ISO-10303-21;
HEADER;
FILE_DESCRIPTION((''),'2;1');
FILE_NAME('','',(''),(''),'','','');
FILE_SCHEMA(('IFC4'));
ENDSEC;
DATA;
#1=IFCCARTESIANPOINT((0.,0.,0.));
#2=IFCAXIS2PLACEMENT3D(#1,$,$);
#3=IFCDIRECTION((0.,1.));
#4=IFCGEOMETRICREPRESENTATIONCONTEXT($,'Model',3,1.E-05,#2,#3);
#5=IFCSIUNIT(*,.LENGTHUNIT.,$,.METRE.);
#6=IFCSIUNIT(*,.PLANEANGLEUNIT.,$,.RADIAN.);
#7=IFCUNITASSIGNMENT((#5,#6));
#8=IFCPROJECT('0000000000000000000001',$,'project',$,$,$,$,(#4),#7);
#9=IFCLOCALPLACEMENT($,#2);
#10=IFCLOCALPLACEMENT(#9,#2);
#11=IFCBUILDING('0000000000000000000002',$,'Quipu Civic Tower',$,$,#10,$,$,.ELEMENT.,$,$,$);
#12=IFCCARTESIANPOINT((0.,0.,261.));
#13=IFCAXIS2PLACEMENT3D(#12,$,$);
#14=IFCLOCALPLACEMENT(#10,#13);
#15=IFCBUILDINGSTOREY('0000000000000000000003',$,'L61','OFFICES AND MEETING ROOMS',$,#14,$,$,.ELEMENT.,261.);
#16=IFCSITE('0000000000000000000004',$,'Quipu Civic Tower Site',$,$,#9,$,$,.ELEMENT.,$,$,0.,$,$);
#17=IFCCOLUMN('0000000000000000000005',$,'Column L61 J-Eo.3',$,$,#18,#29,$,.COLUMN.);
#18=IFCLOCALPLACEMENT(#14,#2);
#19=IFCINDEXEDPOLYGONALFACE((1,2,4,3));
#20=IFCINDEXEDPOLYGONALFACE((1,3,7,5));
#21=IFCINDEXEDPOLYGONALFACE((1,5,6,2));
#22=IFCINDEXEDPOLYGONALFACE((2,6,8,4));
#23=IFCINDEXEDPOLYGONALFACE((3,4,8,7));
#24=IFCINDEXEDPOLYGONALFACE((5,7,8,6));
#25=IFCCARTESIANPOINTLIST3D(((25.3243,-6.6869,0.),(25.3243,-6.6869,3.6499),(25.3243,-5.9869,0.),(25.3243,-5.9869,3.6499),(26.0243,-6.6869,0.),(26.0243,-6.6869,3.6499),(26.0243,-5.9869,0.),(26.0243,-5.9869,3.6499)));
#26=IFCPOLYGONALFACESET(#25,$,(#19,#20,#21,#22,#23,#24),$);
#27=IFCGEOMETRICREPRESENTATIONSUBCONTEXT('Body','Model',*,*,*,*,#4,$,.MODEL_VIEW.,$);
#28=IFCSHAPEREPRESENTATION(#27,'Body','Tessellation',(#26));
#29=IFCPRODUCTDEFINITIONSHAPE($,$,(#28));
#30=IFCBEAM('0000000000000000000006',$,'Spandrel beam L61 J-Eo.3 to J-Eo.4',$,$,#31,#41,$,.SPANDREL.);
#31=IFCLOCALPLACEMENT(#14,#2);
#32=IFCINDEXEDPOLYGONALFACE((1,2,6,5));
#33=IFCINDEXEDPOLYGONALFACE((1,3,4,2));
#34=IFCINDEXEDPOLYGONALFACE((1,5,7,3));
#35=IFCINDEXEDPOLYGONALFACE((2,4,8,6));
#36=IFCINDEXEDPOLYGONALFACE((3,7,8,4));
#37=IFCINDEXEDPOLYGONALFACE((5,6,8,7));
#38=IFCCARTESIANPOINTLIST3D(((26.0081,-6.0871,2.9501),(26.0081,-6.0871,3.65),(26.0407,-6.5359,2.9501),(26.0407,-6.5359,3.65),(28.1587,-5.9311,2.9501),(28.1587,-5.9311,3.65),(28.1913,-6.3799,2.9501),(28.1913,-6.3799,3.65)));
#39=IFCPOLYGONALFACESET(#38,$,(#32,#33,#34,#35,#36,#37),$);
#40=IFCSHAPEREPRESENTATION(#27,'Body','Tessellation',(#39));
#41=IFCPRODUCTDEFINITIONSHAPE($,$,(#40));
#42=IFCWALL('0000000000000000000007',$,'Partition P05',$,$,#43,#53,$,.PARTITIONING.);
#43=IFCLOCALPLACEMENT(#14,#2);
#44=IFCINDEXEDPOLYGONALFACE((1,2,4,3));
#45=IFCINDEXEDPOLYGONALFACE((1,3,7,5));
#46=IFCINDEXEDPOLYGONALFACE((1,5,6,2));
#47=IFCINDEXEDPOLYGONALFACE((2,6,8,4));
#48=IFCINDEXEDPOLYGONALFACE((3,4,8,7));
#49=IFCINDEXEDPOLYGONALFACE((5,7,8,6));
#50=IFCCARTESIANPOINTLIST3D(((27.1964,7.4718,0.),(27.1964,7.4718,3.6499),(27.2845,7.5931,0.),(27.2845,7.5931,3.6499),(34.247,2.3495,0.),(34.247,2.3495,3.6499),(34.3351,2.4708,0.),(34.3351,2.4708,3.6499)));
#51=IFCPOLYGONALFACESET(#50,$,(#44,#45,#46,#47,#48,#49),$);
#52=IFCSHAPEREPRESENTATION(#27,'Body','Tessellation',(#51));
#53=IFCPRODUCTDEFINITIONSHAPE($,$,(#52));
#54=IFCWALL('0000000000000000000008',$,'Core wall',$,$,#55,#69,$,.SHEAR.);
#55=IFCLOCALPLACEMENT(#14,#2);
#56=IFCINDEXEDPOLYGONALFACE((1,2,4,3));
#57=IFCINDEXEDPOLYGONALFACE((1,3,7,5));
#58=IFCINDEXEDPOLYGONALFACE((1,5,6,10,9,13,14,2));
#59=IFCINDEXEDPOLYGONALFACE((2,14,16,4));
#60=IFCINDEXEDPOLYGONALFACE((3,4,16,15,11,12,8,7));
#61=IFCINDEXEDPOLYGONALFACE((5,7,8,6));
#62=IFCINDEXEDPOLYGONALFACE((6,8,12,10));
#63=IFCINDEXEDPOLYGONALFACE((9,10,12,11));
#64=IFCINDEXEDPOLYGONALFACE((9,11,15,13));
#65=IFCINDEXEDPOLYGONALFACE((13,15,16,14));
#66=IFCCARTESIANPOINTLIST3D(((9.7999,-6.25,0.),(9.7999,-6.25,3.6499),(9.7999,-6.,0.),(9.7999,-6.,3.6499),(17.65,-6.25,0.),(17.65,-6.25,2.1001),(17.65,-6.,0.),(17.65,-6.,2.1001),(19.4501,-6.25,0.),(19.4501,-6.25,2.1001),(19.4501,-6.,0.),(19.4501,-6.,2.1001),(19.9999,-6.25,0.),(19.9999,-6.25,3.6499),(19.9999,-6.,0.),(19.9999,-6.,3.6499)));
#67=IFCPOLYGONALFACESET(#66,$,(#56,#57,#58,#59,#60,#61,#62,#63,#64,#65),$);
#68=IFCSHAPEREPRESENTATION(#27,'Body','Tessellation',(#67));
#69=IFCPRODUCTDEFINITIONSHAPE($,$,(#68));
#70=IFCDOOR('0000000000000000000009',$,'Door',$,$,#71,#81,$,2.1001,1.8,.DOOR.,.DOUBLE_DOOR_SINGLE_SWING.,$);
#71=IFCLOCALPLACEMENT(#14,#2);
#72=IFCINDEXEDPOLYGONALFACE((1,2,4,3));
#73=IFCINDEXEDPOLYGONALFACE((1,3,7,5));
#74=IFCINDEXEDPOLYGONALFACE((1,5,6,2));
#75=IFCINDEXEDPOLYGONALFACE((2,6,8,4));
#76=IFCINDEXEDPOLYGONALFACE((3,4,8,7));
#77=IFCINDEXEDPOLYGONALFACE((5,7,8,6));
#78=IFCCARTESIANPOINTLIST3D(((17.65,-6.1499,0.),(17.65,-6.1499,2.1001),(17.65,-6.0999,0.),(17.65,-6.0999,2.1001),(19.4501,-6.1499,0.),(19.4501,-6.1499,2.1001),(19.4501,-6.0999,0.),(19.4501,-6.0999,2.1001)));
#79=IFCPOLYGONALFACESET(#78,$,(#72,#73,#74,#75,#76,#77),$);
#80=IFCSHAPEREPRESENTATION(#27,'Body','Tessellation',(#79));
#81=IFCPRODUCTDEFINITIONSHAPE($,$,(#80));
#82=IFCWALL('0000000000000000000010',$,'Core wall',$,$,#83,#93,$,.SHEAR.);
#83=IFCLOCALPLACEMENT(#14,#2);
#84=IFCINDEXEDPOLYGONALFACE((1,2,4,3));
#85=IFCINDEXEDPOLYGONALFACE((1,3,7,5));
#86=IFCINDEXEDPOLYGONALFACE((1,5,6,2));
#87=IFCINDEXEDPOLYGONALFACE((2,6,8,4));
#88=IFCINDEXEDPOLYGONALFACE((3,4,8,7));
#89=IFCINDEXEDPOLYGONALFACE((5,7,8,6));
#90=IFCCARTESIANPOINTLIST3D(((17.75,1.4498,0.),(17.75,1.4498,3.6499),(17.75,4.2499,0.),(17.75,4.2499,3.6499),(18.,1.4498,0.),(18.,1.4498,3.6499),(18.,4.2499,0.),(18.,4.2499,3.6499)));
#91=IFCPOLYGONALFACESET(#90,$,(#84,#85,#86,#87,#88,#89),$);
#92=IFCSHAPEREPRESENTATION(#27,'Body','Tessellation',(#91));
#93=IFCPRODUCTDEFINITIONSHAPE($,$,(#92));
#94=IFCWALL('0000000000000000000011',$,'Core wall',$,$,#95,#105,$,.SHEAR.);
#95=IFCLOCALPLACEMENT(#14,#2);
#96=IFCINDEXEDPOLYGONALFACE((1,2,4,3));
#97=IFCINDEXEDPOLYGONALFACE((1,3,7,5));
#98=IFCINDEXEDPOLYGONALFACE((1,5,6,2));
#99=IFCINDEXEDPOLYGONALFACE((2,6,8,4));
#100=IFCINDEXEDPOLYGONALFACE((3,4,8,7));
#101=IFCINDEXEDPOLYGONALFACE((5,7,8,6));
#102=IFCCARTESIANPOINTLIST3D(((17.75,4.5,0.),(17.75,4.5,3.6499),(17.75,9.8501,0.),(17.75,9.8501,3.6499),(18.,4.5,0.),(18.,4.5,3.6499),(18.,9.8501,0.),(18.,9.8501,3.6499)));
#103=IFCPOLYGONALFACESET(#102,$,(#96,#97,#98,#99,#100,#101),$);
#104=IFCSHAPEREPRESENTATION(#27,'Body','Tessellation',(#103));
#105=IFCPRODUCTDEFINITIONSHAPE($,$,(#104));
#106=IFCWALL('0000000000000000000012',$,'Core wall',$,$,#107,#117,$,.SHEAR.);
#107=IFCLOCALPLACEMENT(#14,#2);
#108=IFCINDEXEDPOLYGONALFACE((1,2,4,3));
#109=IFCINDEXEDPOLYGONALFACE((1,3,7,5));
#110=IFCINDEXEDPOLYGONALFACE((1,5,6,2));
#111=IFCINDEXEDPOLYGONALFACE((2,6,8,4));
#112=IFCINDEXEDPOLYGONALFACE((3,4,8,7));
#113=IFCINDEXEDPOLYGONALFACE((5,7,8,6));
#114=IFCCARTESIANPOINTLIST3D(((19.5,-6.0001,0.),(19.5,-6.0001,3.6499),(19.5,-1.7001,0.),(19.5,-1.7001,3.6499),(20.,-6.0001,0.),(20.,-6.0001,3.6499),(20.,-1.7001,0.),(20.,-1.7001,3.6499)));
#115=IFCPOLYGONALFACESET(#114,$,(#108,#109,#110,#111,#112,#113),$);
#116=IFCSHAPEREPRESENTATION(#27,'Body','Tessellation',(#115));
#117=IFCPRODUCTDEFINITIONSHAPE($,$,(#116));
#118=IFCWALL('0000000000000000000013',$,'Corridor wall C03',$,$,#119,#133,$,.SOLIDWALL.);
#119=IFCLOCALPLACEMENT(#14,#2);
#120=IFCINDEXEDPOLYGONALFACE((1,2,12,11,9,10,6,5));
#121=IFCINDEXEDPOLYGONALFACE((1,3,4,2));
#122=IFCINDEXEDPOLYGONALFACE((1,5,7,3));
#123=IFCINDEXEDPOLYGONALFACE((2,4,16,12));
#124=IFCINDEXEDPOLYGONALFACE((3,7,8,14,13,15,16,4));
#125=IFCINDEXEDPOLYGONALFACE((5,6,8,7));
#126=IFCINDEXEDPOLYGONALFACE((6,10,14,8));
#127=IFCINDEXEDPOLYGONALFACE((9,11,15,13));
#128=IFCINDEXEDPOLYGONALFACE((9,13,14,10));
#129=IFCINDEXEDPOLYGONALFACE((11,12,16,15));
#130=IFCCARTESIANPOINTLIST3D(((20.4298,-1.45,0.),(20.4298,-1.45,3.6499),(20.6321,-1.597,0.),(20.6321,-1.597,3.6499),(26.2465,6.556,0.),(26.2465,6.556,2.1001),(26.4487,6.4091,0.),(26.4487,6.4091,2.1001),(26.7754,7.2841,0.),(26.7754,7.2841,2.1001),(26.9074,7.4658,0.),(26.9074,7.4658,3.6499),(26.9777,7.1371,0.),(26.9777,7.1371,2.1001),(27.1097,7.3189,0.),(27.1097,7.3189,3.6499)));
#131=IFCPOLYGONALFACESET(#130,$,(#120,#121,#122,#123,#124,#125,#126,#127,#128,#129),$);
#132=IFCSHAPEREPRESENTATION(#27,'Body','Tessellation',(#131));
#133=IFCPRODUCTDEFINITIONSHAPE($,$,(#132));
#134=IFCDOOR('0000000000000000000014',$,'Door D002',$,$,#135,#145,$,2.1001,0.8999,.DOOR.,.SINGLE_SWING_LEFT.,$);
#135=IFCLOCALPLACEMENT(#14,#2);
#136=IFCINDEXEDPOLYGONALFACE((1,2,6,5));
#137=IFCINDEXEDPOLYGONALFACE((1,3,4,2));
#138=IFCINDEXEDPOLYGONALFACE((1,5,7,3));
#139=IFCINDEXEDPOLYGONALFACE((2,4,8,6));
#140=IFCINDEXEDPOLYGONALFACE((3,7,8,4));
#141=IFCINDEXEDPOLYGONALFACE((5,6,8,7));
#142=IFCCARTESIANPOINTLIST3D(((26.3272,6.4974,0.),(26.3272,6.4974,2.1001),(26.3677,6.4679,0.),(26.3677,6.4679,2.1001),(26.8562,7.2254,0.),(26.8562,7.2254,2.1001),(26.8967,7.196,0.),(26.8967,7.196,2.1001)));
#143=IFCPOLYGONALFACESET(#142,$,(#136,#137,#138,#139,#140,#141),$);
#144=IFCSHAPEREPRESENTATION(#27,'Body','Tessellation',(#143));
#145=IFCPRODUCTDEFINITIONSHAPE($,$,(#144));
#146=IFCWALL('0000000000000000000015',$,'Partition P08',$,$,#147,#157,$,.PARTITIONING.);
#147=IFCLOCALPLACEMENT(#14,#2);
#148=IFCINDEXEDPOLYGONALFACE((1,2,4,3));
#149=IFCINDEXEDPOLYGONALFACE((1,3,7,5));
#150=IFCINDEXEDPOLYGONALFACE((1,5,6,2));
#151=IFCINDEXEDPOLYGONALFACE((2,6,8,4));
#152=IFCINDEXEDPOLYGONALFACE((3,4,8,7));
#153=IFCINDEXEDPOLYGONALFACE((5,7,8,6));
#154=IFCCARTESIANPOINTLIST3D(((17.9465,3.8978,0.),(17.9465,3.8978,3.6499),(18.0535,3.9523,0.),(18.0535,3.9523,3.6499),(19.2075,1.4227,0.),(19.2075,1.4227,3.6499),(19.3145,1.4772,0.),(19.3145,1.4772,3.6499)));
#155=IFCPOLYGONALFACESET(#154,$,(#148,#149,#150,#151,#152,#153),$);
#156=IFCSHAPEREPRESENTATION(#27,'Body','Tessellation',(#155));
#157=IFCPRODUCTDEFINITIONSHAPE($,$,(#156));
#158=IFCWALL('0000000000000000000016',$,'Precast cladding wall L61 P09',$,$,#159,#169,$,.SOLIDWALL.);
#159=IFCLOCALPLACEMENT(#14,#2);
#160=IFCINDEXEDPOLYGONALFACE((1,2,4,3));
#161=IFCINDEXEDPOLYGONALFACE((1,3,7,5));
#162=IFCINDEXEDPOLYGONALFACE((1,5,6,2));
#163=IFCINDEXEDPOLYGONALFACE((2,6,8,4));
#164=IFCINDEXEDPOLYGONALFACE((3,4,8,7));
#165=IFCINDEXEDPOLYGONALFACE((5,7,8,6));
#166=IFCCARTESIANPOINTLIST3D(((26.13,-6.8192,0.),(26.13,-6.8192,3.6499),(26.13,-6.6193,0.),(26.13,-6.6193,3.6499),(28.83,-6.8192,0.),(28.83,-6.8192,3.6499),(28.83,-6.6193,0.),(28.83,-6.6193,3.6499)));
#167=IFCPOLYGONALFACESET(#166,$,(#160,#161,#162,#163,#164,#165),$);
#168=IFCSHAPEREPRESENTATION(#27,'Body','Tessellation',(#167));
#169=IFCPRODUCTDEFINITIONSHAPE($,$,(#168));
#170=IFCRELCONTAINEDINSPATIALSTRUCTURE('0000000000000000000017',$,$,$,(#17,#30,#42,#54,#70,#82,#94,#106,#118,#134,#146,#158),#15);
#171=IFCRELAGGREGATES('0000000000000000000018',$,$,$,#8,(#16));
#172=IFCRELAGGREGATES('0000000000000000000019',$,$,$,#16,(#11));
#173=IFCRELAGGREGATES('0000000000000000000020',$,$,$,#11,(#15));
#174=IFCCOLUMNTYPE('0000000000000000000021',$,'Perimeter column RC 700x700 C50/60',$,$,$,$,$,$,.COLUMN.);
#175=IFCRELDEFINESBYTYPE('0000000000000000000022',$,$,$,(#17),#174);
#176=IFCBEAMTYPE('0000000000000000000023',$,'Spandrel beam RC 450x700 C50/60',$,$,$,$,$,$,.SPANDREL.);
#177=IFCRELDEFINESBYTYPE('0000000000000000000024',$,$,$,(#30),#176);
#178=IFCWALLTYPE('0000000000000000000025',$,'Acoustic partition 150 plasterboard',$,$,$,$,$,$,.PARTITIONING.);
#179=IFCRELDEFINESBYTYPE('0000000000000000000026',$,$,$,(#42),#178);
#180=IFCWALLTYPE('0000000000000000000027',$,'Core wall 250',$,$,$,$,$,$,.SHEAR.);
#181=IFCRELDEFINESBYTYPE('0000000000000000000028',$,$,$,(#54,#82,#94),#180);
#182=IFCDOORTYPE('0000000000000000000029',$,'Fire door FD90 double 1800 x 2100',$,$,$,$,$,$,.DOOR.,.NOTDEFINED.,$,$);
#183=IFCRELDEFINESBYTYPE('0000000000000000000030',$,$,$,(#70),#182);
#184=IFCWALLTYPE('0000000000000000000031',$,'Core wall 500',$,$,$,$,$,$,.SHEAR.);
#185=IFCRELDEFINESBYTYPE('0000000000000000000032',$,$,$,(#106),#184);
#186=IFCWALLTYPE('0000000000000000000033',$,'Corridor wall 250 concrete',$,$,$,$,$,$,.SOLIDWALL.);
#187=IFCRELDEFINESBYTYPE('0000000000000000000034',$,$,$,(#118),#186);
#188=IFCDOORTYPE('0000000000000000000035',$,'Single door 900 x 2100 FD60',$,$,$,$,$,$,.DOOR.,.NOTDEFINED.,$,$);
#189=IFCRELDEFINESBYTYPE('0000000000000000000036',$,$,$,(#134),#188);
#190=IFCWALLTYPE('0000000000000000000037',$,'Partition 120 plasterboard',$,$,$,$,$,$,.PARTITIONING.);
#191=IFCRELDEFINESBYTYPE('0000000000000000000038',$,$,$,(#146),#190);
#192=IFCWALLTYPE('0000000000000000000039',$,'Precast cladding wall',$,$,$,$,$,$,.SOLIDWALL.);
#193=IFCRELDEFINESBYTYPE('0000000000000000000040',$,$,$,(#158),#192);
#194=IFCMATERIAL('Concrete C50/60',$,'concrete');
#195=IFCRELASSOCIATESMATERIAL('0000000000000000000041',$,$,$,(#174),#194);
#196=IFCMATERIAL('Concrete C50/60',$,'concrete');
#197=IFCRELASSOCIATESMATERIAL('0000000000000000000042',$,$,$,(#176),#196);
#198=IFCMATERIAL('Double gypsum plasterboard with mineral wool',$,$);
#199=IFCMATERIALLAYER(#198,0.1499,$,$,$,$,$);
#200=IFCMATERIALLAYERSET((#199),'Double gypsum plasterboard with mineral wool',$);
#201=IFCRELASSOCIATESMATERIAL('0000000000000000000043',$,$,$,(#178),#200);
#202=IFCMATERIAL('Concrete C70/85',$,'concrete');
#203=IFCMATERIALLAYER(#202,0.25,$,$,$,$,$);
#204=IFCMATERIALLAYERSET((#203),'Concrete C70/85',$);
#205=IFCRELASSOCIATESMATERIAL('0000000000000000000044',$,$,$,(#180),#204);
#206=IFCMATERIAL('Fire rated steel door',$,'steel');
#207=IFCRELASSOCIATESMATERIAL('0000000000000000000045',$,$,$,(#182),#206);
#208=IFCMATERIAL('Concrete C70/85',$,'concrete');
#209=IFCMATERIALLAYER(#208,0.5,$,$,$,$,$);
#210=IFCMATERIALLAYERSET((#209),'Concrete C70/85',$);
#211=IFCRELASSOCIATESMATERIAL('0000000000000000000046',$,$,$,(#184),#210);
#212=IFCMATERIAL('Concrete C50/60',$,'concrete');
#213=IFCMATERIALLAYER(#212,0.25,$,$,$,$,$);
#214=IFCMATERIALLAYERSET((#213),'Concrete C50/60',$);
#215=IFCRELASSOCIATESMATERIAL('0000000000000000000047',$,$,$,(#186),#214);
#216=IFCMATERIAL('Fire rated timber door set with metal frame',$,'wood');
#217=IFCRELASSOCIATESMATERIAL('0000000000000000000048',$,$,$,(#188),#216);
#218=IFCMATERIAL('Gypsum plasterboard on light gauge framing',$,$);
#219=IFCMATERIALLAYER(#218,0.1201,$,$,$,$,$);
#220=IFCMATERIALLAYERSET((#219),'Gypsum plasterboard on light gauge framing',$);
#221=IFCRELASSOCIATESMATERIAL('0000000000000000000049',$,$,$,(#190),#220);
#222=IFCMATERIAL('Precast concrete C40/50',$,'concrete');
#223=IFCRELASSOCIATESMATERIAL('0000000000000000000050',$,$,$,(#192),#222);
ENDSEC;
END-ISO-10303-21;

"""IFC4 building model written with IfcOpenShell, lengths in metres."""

from ifc_helpers import new_model, si_unit, direction, frame, frame_2d, origin, origin_2d, place, context, subcontext, project, spatial, rectangle, extrude, material, layer, layer_set, material_profile, profile_set, type_object, element, fill, save


model = new_model("IFC4")

# Units and contexts
model_context = context("Model", 3, precision=1e-05, world=origin(), true_north=direction((0.0, 1.0)))
body_context = subcontext(model_context, "Body", "Model", "MODEL_VIEW")
ifc_project = project(units=[si_unit("LENGTHUNIT", "METRE"), si_unit("PLANEANGLEUNIT", "RADIAN")], contexts=[model_context])

# Site, building, storey
site_placement = place(None, origin())
site = spatial("IfcSite", under=ifc_project, at=site_placement, Name="Quipu Civic Tower Site", CompositionType="ELEMENT", RefElevation=0.0)
building_placement = place(site_placement, origin())
building = spatial("IfcBuilding", under=site, at=building_placement, Name="Quipu Civic Tower", CompositionType="ELEMENT")
storey_placement = place(building_placement, frame((0.0, 0.0, 261.0)))
storey = spatial("IfcBuildingStorey", under=building, at=storey_placement, Name="L61", Description="OFFICES AND MEETING ROOMS", CompositionType="ELEMENT", Elevation=261.0)

# Column
ifc_material_1 = material(Name="Concrete C50/60", Category="concrete")
ifc_material_profile_1 = material_profile(ifc_material_1, rectangle(XDim=0.7, YDim=0.7, at=origin_2d()), Name="RC700x700")
ifc_profile_set_1 = profile_set([ifc_material_profile_1], Name="Concrete C50/60")
column_type = type_object("IfcColumnType", Name="Perimeter column RC 700x700 C50/60", PredefinedType="COLUMN", material=ifc_profile_set_1)
column_placement = place(storey_placement, frame((25.6743, -6.3369, 0.0), z_axis=(0.0, 0.0, 1.0), x_axis=(1.0, 0.0, 0.0)))
element("IfcColumn", 1, at=column_placement, inside=storey, type_object=column_type, Name="Column L61 J-Eo.3", PredefinedType="COLUMN", context=body_context, shape_type="SweptSolid", body=[
    extrude(rectangle(XDim=0.7, YDim=0.7, at=origin_2d()), origin(), (0.0, 0.0, 1.0), 3.6499),
])

# Beam
ifc_material_2 = material(Name="Concrete C50/60", Category="concrete")
ifc_material_profile_2 = material_profile(ifc_material_2, rectangle(XDim=0.45, YDim=0.7, at=origin_2d()), Name="RC450x700")
ifc_profile_set_2 = profile_set([ifc_material_profile_2], Name="Concrete C50/60")
beam_type = type_object("IfcBeamType", Name="Spandrel beam RC 450x700 C50/60", PredefinedType="SPANDREL", material=ifc_profile_set_2)
beam_placement = place(storey_placement, frame((26.0244, -6.3115, 3.3), z_axis=(0.997379, 0.072349, 0.0), x_axis=(-0.072349, 0.997379, 0.0)))
element("IfcBeam", 2, at=beam_placement, inside=storey, type_object=beam_type, Name="Spandrel beam L61 J-Eo.3 to J-Eo.4", PredefinedType="SPANDREL", context=body_context, shape_type="SweptSolid", body=[
    extrude(rectangle(XDim=0.45, YDim=0.7, at=origin_2d()), origin(), (0.0, 0.0, 1.0), 2.1562),
])

# Wall
ifc_material_3 = material(Name="Double gypsum plasterboard with mineral wool")
ifc_layer_1 = layer(ifc_material_3, 0.1499)
ifc_layer_set_1 = layer_set([ifc_layer_1], Name="Double gypsum plasterboard with mineral wool")
wall_type_1 = type_object("IfcWallType", Name="Acoustic partition 150 plasterboard", PredefinedType="PARTITIONING", material=ifc_layer_set_1)
wall_1_placement = place(storey_placement, frame((27.2405, 7.5325, 0.0), z_axis=(0.0, 0.0, 1.0), x_axis=(0.809028, -0.58777, 0.0)))
element("IfcWall", 3, at=wall_1_placement, inside=storey, type_object=wall_type_1, Name="Partition P05", PredefinedType="PARTITIONING", context=body_context, shape_type="SweptSolid", body=[
    extrude(rectangle(XDim=8.7148, YDim=0.1499, at=frame_2d((4.3574, 0.0))), origin(), (0.0, 0.0, 1.0), 3.6499),
])

# Wall, opening, door
ifc_material_4 = material(Name="Concrete C70/85", Category="concrete")
ifc_layer_2 = layer(ifc_material_4, 0.25)
ifc_layer_set_2 = layer_set([ifc_layer_2], Name="Concrete C70/85")
wall_type_2 = type_object("IfcWallType", Name="Core wall 250", PredefinedType="SHEAR", material=ifc_layer_set_2)
wall_2_placement = place(storey_placement, frame((20.0, -6.125, 0.0), z_axis=(0.0, 0.0, 1.0), x_axis=(-1.0, 0.0, 0.0)))
wall_2 = element("IfcWall", 4, at=wall_2_placement, inside=storey, type_object=wall_type_2, Name="Core wall", PredefinedType="SHEAR", context=body_context, shape_type="SweptSolid", body=[
    extrude(rectangle(XDim=10.2, YDim=0.25, at=frame_2d((5.1001, 0.0))), origin(), (0.0, 0.0, 1.0), 3.6499),
])
opening_1_placement = place(wall_2_placement, frame((0.55, 0.0, 0.0)))
opening_1 = element("IfcOpeningElement", 5, at=opening_1_placement, cuts=wall_2, PredefinedType="OPENING", context=body_context, shape_type="SweptSolid", body=[
    extrude(rectangle(XDim=1.8, YDim=2.1001, at=frame_2d((0.8999, 1.05))), frame((0.0, 0.135, 0.0), z_axis=(0.0, -1.0, 0.0), x_axis=(1.0, 0.0, 0.0)), (0.0, 0.0, 1.0), 0.27),
])
ifc_material_5 = material(Name="Fire rated steel door", Category="steel")
door_type_1 = type_object("IfcDoorType", Name="Fire door FD90 double 1800 x 2100", OperationType="NOTDEFINED", PredefinedType="DOOR", material=ifc_material_5)
door_1_placement = place(opening_1_placement, origin())
door_1 = element("IfcDoor", 6, at=door_1_placement, inside=storey, type_object=door_type_1, Name="Door", OperationType="DOUBLE_DOOR_SINGLE_SWING", OverallHeight=2.1001, OverallWidth=1.8, PredefinedType="DOOR", context=body_context, shape_type="SweptSolid", body=[
    extrude(rectangle(XDim=1.8, YDim=2.1001, at=frame_2d((0.8999, 1.05))), frame((0.0, 0.0249, 0.0), z_axis=(0.0, -1.0, 0.0), x_axis=(1.0, 0.0, 0.0)), (0.0, 0.0, 1.0), 0.05),
])
fill(opening_1, door_1)

# Walls
wall_3_placement = place(storey_placement, frame((17.875, 1.45, 0.0), z_axis=(0.0, 0.0, 1.0), x_axis=(0.0, 1.0, 0.0)))
element("IfcWall", 7, at=wall_3_placement, inside=storey, type_object=wall_type_2, Name="Core wall", PredefinedType="SHEAR", context=body_context, shape_type="SweptSolid", body=[
    extrude(rectangle(XDim=2.8, YDim=0.25, at=frame_2d((1.3999, 0.0))), origin(), (0.0, 0.0, 1.0), 3.6499),
])
wall_4_placement = place(storey_placement, frame((17.875, 4.5, 0.0), z_axis=(0.0, 0.0, 1.0), x_axis=(0.0, 1.0, 0.0)))
element("IfcWall", 8, at=wall_4_placement, inside=storey, type_object=wall_type_2, Name="Core wall", PredefinedType="SHEAR", context=body_context, shape_type="SweptSolid", body=[
    extrude(rectangle(XDim=5.3501, YDim=0.25, at=frame_2d((2.675, 0.0))), origin(), (0.0, 0.0, 1.0), 3.6499),
])
ifc_material_6 = material(Name="Concrete C70/85", Category="concrete")
ifc_layer_3 = layer(ifc_material_6, 0.5)
ifc_layer_set_3 = layer_set([ifc_layer_3], Name="Concrete C70/85")
wall_type_3 = type_object("IfcWallType", Name="Core wall 500", PredefinedType="SHEAR", material=ifc_layer_set_3)
wall_5_placement = place(storey_placement, frame((19.75, -6.0, 0.0), z_axis=(0.0, 0.0, 1.0), x_axis=(0.0, 1.0, 0.0)))
element("IfcWall", 9, at=wall_5_placement, inside=storey, type_object=wall_type_3, Name="Core wall", PredefinedType="SHEAR", context=body_context, shape_type="SweptSolid", body=[
    extrude(rectangle(XDim=4.3, YDim=0.5, at=frame_2d((2.1499, 0.0))), origin(), (0.0, 0.0, 1.0), 3.6499),
])

# Wall, opening, door
ifc_material_7 = material(Name="Concrete C50/60", Category="concrete")
ifc_layer_4 = layer(ifc_material_7, 0.25)
ifc_layer_set_4 = layer_set([ifc_layer_4], Name="Concrete C50/60")
wall_type_4 = type_object("IfcWallType", Name="Corridor wall 250 concrete", PredefinedType="SOLIDWALL", material=ifc_layer_set_4)
wall_6_placement = place(storey_placement, frame((27.0085, 7.3923, 0.0), z_axis=(0.0, 0.0, 1.0), x_axis=(-0.587776, -0.809023, 0.0)))
wall_6 = element("IfcWall", 10, at=wall_6_placement, inside=storey, type_object=wall_type_4, Name="Corridor wall C03", PredefinedType="SOLIDWALL", context=body_context, shape_type="SweptSolid", body=[
    extrude(rectangle(XDim=11.0205, YDim=0.25, at=frame_2d((5.5103, 0.0))), origin(), (0.0, 0.0, 1.0), 3.6499),
])
opening_2_placement = place(wall_6_placement, frame((0.2246, 0.0, 0.0)))
opening_2 = element("IfcOpeningElement", 11, at=opening_2_placement, cuts=wall_6, PredefinedType="OPENING", context=body_context, shape_type="SweptSolid", body=[
    extrude(rectangle(XDim=0.8999, YDim=2.1001, at=frame_2d((0.45, 1.05))), frame((0.0, 0.135, 0.0), z_axis=(0.0, -1.0, 0.0), x_axis=(1.0, 0.0, 0.0)), (0.0, 0.0, 1.0), 0.27),
])
ifc_material_8 = material(Name="Fire rated timber door set with metal frame", Category="wood")
door_type_2 = type_object("IfcDoorType", Name="Single door 900 x 2100 FD60", OperationType="NOTDEFINED", PredefinedType="DOOR", material=ifc_material_8)
door_2_placement = place(opening_2_placement, origin())
door_2 = element("IfcDoor", 12, at=door_2_placement, inside=storey, type_object=door_type_2, Name="Door D002", OperationType="SINGLE_SWING_LEFT", OverallHeight=2.1001, OverallWidth=0.8999, PredefinedType="DOOR", context=body_context, shape_type="SweptSolid", body=[
    extrude(rectangle(XDim=0.8999, YDim=2.1001, at=frame_2d((0.45, 1.05))), frame((0.0, 0.0249, 0.0), z_axis=(0.0, -1.0, 0.0), x_axis=(1.0, 0.0, 0.0)), (0.0, 0.0, 1.0), 0.05),
])
fill(opening_2, door_2)

# Walls
ifc_material_9 = material(Name="Gypsum plasterboard on light gauge framing")
ifc_layer_5 = layer(ifc_material_9, 0.1201)
ifc_layer_set_5 = layer_set([ifc_layer_5], Name="Gypsum plasterboard on light gauge framing")
wall_type_5 = type_object("IfcWallType", Name="Partition 120 plasterboard", PredefinedType="PARTITIONING", material=ifc_layer_set_5)
wall_7_placement = place(storey_placement, frame((18.0, 3.925, 0.0), z_axis=(0.0, 0.0, 1.0), x_axis=(0.453951, -0.891027, 0.0)))
element("IfcWall", 13, at=wall_7_placement, inside=storey, type_object=wall_type_5, Name="Partition P08", PredefinedType="PARTITIONING", context=body_context, shape_type="SweptSolid", body=[
    extrude(rectangle(XDim=2.7778, YDim=0.1201, at=frame_2d((1.3889, 0.0))), origin(), (0.0, 0.0, 1.0), 3.6499),
])
ifc_material_10 = material(Name="Precast concrete C40/50", Category="concrete")
wall_type_6 = type_object("IfcWallType", Name="Precast cladding wall", PredefinedType="SOLIDWALL", material=ifc_material_10)
wall_8_placement = place(storey_placement, frame((26.1299, -6.7192, 0.0), z_axis=(0.0, 0.0, 1.0), x_axis=(1.0, 0.0, 0.0)))
element("IfcWall", 14, at=wall_8_placement, inside=storey, type_object=wall_type_6, Name="Precast cladding wall L61 P09", PredefinedType="SOLIDWALL", context=body_context, shape_type="SweptSolid", body=[
    extrude(rectangle(XDim=2.7, YDim=0.2, at=frame_2d((1.3501, 0.0))), origin(), (0.0, 0.0, 1.0), 3.6499),
])

save(model, "model.ifc")
